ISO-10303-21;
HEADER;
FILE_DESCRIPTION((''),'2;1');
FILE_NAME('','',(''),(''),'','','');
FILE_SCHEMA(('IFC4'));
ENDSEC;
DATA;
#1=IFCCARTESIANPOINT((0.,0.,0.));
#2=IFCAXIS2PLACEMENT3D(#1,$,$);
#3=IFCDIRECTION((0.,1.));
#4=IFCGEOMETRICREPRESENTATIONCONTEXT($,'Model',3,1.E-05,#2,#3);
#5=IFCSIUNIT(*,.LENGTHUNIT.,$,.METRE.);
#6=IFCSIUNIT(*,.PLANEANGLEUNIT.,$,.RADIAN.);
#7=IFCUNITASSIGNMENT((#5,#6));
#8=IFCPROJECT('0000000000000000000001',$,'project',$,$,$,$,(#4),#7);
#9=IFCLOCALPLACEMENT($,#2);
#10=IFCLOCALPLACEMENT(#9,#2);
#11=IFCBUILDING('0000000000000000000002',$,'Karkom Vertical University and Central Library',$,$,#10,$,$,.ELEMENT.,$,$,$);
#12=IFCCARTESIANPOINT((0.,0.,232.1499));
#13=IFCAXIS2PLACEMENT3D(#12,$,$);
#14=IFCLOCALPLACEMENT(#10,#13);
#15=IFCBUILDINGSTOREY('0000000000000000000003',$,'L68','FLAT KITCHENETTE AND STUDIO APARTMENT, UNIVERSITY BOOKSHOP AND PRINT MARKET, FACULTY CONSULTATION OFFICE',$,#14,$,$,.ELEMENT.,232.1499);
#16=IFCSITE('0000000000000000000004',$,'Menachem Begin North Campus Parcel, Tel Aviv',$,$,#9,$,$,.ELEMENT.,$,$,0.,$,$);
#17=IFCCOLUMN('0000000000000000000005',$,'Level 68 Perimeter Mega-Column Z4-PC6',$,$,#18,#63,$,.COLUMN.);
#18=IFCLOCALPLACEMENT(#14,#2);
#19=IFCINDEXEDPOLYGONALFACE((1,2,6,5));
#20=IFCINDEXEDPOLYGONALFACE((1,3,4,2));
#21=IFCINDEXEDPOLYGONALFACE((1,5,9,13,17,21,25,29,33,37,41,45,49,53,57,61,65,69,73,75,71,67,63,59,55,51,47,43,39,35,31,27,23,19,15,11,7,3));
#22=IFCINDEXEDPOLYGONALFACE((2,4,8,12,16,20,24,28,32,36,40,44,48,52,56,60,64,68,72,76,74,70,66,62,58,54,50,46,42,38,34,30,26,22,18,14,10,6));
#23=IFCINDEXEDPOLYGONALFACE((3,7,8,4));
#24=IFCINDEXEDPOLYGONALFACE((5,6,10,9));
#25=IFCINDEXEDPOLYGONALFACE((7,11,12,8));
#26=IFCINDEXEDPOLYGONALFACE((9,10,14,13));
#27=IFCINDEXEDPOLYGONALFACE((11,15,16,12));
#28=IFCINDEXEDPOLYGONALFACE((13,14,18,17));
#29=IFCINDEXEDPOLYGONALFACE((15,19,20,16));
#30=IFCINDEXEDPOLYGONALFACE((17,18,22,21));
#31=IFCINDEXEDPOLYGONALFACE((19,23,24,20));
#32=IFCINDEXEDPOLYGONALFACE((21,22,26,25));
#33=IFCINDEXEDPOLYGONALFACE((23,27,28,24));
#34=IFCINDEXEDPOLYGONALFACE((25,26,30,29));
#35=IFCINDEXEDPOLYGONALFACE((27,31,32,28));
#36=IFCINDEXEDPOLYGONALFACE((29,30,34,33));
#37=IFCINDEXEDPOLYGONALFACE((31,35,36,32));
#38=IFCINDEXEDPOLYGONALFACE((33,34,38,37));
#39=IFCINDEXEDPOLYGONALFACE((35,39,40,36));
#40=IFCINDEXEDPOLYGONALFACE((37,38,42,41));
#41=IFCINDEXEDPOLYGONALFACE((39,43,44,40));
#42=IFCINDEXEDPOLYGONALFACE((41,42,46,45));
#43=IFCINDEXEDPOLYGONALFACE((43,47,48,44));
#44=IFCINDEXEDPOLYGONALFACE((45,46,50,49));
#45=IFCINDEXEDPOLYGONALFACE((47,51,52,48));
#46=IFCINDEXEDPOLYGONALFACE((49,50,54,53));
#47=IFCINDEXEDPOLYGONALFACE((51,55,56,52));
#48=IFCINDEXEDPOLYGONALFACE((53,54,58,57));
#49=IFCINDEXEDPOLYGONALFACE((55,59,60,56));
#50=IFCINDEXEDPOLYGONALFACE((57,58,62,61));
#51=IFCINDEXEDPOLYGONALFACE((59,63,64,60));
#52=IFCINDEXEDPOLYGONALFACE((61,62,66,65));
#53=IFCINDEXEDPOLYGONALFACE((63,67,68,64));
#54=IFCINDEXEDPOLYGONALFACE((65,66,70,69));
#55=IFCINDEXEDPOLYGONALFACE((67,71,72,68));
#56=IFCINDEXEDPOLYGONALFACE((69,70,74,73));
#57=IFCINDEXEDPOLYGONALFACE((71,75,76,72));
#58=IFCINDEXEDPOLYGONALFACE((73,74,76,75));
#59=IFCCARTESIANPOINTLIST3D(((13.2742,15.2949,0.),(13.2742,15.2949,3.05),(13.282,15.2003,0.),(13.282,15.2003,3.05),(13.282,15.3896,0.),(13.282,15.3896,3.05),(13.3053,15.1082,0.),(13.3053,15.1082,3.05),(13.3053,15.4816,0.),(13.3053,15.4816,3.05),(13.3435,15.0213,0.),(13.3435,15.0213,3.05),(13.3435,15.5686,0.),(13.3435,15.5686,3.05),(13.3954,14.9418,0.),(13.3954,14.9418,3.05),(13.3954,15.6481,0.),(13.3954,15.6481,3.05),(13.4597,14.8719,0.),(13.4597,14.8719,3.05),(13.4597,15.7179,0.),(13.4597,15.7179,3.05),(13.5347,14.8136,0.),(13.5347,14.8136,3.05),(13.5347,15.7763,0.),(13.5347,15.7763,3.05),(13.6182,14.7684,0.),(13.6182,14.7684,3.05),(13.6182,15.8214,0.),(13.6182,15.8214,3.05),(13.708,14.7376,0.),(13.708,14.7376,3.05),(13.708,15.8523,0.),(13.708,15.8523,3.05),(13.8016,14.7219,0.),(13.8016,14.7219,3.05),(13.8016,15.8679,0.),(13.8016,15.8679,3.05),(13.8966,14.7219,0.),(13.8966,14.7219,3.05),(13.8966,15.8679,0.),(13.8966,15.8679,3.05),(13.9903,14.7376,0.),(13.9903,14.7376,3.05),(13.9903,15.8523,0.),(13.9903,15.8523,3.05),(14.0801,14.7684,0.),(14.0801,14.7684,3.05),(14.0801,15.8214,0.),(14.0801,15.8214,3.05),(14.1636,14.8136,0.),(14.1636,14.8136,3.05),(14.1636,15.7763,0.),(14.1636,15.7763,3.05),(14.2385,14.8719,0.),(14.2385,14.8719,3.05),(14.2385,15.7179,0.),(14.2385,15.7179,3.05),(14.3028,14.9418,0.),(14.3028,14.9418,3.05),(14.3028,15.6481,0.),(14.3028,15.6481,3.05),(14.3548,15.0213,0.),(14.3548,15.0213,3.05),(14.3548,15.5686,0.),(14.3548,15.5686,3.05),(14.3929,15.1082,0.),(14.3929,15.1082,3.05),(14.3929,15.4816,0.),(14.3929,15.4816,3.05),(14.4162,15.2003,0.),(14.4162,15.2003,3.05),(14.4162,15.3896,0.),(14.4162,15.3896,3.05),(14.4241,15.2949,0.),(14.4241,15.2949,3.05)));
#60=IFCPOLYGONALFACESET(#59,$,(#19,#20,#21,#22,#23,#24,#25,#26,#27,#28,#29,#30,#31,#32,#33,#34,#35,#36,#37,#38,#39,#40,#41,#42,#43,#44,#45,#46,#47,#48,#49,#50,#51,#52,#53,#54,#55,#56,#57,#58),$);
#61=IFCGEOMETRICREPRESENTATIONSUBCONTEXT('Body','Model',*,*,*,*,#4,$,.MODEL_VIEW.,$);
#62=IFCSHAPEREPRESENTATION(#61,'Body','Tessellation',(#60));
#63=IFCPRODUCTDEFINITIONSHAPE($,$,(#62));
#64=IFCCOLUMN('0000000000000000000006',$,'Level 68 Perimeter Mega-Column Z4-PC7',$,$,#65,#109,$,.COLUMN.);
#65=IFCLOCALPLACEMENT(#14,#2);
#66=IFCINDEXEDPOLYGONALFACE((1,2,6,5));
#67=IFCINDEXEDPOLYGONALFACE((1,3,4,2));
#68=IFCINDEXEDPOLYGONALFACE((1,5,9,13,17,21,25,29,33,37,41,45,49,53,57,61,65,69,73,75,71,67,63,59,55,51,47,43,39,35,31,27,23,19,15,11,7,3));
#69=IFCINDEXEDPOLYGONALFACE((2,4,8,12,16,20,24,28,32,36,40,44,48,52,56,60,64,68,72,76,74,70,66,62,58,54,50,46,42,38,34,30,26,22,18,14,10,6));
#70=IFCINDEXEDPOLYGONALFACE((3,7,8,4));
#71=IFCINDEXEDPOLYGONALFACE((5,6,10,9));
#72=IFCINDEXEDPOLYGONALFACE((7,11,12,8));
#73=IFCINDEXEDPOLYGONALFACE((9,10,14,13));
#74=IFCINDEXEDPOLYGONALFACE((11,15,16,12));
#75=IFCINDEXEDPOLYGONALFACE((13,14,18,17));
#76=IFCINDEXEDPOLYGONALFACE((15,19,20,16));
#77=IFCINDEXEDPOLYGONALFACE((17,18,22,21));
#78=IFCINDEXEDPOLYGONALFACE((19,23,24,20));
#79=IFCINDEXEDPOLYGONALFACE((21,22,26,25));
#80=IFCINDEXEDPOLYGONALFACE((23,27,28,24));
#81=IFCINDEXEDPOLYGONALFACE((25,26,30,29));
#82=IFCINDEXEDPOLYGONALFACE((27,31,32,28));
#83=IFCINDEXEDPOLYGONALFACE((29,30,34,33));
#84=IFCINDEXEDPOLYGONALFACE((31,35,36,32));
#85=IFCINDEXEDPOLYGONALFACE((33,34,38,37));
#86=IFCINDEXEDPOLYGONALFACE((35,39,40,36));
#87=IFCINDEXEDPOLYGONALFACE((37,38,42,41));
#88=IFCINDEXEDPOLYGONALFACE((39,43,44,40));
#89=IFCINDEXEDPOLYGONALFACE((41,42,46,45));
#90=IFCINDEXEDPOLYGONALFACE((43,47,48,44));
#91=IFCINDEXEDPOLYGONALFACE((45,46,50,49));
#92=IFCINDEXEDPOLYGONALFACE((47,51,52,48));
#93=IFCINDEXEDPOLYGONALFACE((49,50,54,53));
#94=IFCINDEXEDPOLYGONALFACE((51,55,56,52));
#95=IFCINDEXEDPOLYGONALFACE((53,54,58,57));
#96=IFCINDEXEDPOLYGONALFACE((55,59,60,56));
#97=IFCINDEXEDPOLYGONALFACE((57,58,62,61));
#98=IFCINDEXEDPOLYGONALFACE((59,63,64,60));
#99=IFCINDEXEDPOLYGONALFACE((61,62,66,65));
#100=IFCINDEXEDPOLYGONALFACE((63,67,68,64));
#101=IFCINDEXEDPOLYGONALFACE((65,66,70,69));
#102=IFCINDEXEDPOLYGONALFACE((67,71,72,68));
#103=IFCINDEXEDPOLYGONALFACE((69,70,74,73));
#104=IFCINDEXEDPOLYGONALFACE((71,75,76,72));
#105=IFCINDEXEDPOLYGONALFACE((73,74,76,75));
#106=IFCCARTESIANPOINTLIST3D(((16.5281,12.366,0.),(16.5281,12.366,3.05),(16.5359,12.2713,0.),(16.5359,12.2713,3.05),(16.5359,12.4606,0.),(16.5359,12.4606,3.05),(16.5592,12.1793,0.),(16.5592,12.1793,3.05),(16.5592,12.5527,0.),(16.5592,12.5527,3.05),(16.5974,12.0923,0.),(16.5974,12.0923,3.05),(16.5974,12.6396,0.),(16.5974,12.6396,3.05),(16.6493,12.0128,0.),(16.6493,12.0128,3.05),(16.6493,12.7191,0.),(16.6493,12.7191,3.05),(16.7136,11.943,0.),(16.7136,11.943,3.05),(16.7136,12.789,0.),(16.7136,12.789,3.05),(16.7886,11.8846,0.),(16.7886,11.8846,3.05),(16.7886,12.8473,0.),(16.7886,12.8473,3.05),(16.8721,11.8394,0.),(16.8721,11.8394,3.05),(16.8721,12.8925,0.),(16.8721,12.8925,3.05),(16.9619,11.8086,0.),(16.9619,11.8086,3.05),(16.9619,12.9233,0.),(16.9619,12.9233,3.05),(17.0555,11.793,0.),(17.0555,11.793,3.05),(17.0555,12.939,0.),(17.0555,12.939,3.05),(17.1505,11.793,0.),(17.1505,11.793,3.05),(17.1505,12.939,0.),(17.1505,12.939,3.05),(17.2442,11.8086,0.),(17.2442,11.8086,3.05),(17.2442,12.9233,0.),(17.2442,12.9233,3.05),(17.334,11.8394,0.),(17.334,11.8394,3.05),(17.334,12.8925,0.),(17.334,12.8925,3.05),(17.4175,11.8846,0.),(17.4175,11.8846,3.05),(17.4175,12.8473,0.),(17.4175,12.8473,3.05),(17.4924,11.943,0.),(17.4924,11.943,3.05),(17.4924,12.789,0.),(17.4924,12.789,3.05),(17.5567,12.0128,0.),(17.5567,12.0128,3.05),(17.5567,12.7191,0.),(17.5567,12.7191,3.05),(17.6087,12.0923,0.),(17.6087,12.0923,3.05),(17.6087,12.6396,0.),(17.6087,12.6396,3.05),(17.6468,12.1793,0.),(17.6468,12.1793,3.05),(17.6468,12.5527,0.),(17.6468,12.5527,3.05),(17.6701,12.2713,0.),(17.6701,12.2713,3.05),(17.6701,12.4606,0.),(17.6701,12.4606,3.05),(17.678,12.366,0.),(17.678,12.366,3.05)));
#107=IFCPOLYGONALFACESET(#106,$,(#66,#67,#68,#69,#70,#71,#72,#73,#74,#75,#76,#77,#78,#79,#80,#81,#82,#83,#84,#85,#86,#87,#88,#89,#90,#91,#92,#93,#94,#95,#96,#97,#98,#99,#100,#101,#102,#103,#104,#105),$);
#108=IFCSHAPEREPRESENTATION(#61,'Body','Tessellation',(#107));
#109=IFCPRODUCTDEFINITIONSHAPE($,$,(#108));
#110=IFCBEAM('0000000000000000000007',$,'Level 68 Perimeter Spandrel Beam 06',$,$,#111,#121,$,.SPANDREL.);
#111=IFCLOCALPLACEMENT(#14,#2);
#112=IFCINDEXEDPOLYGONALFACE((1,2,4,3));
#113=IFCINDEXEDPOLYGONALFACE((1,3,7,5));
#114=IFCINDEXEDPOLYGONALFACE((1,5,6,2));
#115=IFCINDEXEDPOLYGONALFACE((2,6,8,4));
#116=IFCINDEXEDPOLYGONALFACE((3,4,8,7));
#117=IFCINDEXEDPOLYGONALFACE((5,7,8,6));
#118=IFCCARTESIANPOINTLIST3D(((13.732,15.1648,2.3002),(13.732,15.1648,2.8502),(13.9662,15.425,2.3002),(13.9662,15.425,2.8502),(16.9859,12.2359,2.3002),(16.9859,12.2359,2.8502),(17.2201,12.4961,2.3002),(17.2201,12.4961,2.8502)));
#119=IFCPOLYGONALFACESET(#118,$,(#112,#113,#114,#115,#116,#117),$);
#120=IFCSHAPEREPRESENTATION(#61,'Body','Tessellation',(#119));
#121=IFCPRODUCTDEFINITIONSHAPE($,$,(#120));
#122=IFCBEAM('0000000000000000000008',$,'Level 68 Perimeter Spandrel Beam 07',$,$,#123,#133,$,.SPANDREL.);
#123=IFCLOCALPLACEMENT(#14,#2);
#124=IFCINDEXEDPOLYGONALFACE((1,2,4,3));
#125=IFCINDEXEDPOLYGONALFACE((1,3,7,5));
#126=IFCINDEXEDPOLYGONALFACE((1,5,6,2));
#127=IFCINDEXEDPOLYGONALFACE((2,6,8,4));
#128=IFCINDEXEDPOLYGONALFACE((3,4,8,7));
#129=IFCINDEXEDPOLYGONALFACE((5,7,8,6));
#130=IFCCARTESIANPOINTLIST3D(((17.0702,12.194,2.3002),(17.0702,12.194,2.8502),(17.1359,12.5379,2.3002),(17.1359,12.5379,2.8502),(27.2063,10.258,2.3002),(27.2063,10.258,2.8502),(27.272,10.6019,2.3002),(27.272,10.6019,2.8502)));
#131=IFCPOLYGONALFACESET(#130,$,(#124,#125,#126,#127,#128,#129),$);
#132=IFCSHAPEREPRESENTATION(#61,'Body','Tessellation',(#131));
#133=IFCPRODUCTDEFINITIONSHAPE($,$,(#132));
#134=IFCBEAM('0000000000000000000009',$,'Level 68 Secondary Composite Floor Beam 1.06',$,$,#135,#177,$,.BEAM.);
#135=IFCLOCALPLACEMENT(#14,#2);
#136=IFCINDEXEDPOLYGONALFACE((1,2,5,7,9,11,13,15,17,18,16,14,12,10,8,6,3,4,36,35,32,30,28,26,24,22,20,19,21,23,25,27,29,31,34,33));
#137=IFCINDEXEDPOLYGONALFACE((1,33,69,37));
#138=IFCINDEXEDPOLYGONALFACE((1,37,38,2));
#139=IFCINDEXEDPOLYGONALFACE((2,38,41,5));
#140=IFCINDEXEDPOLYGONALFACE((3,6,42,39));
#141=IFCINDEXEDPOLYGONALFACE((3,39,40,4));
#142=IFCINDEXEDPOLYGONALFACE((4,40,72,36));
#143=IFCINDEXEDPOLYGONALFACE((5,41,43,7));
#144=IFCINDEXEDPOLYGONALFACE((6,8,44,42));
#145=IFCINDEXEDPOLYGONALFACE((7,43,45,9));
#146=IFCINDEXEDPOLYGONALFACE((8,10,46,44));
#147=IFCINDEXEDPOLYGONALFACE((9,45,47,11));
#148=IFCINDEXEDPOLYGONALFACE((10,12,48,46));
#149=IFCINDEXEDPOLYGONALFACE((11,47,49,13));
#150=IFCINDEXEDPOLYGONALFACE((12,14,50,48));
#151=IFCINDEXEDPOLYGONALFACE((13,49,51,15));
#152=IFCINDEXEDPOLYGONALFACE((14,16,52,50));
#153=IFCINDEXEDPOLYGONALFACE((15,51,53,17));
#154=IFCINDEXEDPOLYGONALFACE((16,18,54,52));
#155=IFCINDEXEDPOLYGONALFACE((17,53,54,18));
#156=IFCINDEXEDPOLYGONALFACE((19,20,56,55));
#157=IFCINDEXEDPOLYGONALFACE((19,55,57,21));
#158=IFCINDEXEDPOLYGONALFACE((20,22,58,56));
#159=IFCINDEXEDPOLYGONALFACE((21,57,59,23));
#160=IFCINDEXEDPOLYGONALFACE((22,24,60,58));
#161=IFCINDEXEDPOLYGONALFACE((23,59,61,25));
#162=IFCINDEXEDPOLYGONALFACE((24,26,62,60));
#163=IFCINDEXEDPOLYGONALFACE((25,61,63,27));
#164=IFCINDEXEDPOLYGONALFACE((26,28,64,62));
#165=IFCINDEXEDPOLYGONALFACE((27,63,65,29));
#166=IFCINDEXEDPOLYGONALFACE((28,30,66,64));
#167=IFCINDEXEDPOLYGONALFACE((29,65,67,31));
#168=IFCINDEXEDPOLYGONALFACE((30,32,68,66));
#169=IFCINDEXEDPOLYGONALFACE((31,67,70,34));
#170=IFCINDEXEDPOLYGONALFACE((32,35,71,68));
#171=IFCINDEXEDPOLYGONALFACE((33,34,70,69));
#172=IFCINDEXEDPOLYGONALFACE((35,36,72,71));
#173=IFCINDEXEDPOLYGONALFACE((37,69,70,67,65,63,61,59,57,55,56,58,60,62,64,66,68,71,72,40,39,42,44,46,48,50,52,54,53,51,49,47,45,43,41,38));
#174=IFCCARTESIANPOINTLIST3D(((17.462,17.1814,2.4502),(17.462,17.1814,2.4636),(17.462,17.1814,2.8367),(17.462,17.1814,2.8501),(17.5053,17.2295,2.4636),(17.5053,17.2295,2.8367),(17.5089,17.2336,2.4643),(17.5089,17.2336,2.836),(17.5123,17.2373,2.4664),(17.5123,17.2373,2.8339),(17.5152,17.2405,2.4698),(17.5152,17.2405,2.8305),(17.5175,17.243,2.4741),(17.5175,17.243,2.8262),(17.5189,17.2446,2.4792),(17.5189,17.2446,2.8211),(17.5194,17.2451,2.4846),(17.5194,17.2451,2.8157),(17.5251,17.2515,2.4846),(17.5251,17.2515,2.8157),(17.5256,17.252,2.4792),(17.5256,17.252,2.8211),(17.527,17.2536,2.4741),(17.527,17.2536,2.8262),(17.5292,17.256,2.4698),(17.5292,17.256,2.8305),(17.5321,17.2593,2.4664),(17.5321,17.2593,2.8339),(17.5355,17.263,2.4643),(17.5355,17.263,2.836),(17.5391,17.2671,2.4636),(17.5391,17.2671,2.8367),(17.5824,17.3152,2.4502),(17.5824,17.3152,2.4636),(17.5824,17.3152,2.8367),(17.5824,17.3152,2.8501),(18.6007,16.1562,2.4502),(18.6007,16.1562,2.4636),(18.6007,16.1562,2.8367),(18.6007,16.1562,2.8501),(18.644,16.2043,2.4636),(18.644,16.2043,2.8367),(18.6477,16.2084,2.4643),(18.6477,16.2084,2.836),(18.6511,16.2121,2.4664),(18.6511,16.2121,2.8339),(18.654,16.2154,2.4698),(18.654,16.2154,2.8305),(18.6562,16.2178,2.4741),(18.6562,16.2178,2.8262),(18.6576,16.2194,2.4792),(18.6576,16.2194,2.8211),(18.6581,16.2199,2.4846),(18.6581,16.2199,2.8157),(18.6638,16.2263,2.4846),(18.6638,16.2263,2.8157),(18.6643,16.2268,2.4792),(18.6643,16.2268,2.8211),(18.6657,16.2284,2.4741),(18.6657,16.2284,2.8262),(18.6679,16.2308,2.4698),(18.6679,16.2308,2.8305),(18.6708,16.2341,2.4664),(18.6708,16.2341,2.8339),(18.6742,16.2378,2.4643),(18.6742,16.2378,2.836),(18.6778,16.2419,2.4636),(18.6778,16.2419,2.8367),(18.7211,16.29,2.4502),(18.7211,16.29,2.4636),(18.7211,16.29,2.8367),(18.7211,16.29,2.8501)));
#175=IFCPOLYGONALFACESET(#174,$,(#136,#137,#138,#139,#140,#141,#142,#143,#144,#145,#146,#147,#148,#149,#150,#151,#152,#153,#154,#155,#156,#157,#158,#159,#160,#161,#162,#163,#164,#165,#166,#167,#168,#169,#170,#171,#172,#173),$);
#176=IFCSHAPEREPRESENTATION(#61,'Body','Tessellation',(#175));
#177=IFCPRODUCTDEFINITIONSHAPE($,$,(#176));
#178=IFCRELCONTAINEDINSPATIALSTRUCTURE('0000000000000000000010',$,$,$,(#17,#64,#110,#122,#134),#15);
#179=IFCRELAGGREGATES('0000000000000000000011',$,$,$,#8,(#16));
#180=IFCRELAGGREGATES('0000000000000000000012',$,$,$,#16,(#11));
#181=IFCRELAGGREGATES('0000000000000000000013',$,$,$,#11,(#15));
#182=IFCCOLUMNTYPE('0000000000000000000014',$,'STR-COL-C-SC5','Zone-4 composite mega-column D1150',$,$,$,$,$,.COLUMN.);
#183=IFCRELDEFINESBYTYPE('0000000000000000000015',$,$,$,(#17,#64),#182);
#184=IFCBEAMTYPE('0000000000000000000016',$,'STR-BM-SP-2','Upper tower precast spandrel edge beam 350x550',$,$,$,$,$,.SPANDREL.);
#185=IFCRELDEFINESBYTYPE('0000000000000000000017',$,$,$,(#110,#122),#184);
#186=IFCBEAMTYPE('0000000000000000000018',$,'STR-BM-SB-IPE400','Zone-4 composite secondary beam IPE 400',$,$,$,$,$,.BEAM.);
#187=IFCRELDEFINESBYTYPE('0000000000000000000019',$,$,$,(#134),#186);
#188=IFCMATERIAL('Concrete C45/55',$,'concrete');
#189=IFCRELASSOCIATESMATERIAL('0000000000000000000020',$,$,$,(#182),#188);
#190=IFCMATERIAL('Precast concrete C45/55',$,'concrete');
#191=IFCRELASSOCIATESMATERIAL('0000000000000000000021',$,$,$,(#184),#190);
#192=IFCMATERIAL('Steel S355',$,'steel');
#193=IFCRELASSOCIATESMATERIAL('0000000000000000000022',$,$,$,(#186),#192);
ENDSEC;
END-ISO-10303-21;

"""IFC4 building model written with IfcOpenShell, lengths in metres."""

from ifc_helpers import new_model, si_unit, direction, frame, origin, origin_with_axes, origin_2d, place, context, subcontext, project, spatial, rectangle, circle, i_section, extrude, source, transform, mapped, material, material_profile, profile_set, type_object, element, save


model = new_model("IFC4")

# Units and contexts
model_context = context("Model", 3, precision=1e-05, world=origin(), true_north=direction((0.0, 1.0)))
body_context = subcontext(model_context, "Body", "Model", "MODEL_VIEW")
ifc_project = project(units=[si_unit("LENGTHUNIT", "METRE"), si_unit("PLANEANGLEUNIT", "RADIAN")], contexts=[model_context])

# Site, building, storey
site_placement = place(None, origin())
site = spatial("IfcSite", under=ifc_project, at=site_placement, Name="Menachem Begin North Campus Parcel, Tel Aviv", CompositionType="ELEMENT", RefElevation=0.0)
building_placement = place(site_placement, origin())
building = spatial("IfcBuilding", under=site, at=building_placement, Name="Karkom Vertical University and Central Library", CompositionType="ELEMENT")
storey_placement = place(building_placement, frame((0.0, 0.0, 232.1499)))
storey = spatial("IfcBuildingStorey", under=building, at=storey_placement, Name="L68", Description="FLAT KITCHENETTE AND STUDIO APARTMENT, UNIVERSITY BOOKSHOP AND PRINT MARKET, FACULTY CONSULTATION OFFICE", CompositionType="ELEMENT", Elevation=232.1499)

# Columns
ifc_material_1 = material(Name="Concrete C45/55", Category="concrete")
ifc_material_profile_1 = material_profile(ifc_material_1, circle(Radius=0.575, at=origin_2d()), Name="CFT-D1150")
ifc_profile_set_1 = profile_set([ifc_material_profile_1], Name="Concrete C45/55")
column_type = type_object("IfcColumnType", Name="STR-COL-C-SC5", Description="Zone-4 composite mega-column D1150", PredefinedType="COLUMN", material=ifc_profile_set_1)
shared_shape_1 = source(origin_with_axes(), body_context, "Body", "SweptSolid", [
    extrude(circle(Radius=0.575, at=origin_2d()), origin(), (0.0, 0.0, 1.0), 3.05),
])
for number, where, z_axis, x_axis, name in (
    (1, (13.8491, 15.2949, 0.0), (0.0, 0.0, 1.0), (1.0, 0.0, 0.0), "Level 68 Perimeter Mega-Column Z4-PC6"),
    (2, (17.103, 12.366, 0.0), (0.0, 0.0, 1.0), (1.0, 0.0, 0.0), "Level 68 Perimeter Mega-Column Z4-PC7"),
):
    element("IfcColumn", number, at=place(storey_placement, frame(where, z_axis=z_axis, x_axis=x_axis)), inside=storey, type_object=column_type, Name=name, PredefinedType="COLUMN", context=body_context, shape_type="MappedRepresentation", body=[
        mapped(shared_shape_1, transform((0.0, 0.0, 0.0), scale=1.0)),
    ])

# Beams
ifc_material_2 = material(Name="Precast concrete C45/55", Category="concrete")
ifc_material_profile_2 = material_profile(ifc_material_2, rectangle(XDim=0.3501, YDim=0.55, at=origin_2d()), Name="SPB-350x550")
ifc_profile_set_2 = profile_set([ifc_material_profile_2], Name="Precast concrete C45/55")
beam_type_1 = type_object("IfcBeamType", Name="STR-BM-SP-2", Description="Upper tower precast spandrel edge beam 350x550", PredefinedType="SPANDREL", material=ifc_profile_set_2)
shared_shape_2 = source(origin_with_axes(), body_context, "Body", "SweptSolid", [
    extrude(rectangle(XDim=0.3501, YDim=0.55, at=origin_2d()), origin(), (0.0, 0.0, 1.0), 4.3779),
])
beam_1_placement = place(storey_placement, frame((13.8491, 15.2949, 2.5752), z_axis=(0.743244, -0.66902, 0.0), x_axis=(0.66902, 0.743244, 0.0)))
element("IfcBeam", 3, at=beam_1_placement, inside=storey, type_object=beam_type_1, Name="Level 68 Perimeter Spandrel Beam 06", PredefinedType="SPANDREL", context=body_context, shape_type="MappedRepresentation", body=[
    mapped(shared_shape_2, transform((0.0, 0.0, 0.0), scale=1.0)),
])
shared_shape_3 = source(origin_with_axes(), body_context, "Body", "SweptSolid", [
    extrude(rectangle(XDim=0.3501, YDim=0.55, at=origin_2d()), origin(), (0.0, 0.0, 1.0), 10.3193),
])
beam_2_placement = place(storey_placement, frame((17.103, 12.366, 2.5752), z_axis=(0.982243, -0.187614, 0.0), x_axis=(0.187614, 0.982243, 0.0)))
element("IfcBeam", 4, at=beam_2_placement, inside=storey, type_object=beam_type_1, Name="Level 68 Perimeter Spandrel Beam 07", PredefinedType="SPANDREL", context=body_context, shape_type="MappedRepresentation", body=[
    mapped(shared_shape_3, transform((0.0, 0.0, 0.0), scale=1.0)),
])
ifc_material_3 = material(Name="Steel S355", Category="steel")
ifc_material_profile_3 = material_profile(ifc_material_3, i_section(OverallWidth=0.1799, OverallDepth=0.3999, WebThickness=0.0085, FlangeThickness=0.0134, FilletRadius=0.021, at=origin_2d()), Name="IPE 400")
ifc_profile_set_3 = profile_set([ifc_material_profile_3], Name="Steel S355")
beam_type_2 = type_object("IfcBeamType", Name="STR-BM-SB-IPE400", Description="Zone-4 composite secondary beam IPE 400", PredefinedType="BEAM", material=ifc_profile_set_3)
shared_shape_4 = source(origin_with_axes(), body_context, "Body", "SweptSolid", [
    extrude(i_section(OverallWidth=0.1799, OverallDepth=0.3999, WebThickness=0.0085, FlangeThickness=0.0134, FilletRadius=0.021, at=origin_2d()), origin(), (0.0, 0.0, 1.0), 1.5322),
])
beam_3_placement = place(storey_placement, frame((17.5222, 17.2483, 2.6501), z_axis=(0.743183, -0.669088, 0.0), x_axis=(0.669088, 0.743183, 0.0)))
element("IfcBeam", 5, at=beam_3_placement, inside=storey, type_object=beam_type_2, Name="Level 68 Secondary Composite Floor Beam 1.06", PredefinedType="BEAM", context=body_context, shape_type="MappedRepresentation", body=[
    mapped(shared_shape_4, transform((0.0, 0.0, 0.0), scale=1.0)),
])

save(model, "model.ifc")
